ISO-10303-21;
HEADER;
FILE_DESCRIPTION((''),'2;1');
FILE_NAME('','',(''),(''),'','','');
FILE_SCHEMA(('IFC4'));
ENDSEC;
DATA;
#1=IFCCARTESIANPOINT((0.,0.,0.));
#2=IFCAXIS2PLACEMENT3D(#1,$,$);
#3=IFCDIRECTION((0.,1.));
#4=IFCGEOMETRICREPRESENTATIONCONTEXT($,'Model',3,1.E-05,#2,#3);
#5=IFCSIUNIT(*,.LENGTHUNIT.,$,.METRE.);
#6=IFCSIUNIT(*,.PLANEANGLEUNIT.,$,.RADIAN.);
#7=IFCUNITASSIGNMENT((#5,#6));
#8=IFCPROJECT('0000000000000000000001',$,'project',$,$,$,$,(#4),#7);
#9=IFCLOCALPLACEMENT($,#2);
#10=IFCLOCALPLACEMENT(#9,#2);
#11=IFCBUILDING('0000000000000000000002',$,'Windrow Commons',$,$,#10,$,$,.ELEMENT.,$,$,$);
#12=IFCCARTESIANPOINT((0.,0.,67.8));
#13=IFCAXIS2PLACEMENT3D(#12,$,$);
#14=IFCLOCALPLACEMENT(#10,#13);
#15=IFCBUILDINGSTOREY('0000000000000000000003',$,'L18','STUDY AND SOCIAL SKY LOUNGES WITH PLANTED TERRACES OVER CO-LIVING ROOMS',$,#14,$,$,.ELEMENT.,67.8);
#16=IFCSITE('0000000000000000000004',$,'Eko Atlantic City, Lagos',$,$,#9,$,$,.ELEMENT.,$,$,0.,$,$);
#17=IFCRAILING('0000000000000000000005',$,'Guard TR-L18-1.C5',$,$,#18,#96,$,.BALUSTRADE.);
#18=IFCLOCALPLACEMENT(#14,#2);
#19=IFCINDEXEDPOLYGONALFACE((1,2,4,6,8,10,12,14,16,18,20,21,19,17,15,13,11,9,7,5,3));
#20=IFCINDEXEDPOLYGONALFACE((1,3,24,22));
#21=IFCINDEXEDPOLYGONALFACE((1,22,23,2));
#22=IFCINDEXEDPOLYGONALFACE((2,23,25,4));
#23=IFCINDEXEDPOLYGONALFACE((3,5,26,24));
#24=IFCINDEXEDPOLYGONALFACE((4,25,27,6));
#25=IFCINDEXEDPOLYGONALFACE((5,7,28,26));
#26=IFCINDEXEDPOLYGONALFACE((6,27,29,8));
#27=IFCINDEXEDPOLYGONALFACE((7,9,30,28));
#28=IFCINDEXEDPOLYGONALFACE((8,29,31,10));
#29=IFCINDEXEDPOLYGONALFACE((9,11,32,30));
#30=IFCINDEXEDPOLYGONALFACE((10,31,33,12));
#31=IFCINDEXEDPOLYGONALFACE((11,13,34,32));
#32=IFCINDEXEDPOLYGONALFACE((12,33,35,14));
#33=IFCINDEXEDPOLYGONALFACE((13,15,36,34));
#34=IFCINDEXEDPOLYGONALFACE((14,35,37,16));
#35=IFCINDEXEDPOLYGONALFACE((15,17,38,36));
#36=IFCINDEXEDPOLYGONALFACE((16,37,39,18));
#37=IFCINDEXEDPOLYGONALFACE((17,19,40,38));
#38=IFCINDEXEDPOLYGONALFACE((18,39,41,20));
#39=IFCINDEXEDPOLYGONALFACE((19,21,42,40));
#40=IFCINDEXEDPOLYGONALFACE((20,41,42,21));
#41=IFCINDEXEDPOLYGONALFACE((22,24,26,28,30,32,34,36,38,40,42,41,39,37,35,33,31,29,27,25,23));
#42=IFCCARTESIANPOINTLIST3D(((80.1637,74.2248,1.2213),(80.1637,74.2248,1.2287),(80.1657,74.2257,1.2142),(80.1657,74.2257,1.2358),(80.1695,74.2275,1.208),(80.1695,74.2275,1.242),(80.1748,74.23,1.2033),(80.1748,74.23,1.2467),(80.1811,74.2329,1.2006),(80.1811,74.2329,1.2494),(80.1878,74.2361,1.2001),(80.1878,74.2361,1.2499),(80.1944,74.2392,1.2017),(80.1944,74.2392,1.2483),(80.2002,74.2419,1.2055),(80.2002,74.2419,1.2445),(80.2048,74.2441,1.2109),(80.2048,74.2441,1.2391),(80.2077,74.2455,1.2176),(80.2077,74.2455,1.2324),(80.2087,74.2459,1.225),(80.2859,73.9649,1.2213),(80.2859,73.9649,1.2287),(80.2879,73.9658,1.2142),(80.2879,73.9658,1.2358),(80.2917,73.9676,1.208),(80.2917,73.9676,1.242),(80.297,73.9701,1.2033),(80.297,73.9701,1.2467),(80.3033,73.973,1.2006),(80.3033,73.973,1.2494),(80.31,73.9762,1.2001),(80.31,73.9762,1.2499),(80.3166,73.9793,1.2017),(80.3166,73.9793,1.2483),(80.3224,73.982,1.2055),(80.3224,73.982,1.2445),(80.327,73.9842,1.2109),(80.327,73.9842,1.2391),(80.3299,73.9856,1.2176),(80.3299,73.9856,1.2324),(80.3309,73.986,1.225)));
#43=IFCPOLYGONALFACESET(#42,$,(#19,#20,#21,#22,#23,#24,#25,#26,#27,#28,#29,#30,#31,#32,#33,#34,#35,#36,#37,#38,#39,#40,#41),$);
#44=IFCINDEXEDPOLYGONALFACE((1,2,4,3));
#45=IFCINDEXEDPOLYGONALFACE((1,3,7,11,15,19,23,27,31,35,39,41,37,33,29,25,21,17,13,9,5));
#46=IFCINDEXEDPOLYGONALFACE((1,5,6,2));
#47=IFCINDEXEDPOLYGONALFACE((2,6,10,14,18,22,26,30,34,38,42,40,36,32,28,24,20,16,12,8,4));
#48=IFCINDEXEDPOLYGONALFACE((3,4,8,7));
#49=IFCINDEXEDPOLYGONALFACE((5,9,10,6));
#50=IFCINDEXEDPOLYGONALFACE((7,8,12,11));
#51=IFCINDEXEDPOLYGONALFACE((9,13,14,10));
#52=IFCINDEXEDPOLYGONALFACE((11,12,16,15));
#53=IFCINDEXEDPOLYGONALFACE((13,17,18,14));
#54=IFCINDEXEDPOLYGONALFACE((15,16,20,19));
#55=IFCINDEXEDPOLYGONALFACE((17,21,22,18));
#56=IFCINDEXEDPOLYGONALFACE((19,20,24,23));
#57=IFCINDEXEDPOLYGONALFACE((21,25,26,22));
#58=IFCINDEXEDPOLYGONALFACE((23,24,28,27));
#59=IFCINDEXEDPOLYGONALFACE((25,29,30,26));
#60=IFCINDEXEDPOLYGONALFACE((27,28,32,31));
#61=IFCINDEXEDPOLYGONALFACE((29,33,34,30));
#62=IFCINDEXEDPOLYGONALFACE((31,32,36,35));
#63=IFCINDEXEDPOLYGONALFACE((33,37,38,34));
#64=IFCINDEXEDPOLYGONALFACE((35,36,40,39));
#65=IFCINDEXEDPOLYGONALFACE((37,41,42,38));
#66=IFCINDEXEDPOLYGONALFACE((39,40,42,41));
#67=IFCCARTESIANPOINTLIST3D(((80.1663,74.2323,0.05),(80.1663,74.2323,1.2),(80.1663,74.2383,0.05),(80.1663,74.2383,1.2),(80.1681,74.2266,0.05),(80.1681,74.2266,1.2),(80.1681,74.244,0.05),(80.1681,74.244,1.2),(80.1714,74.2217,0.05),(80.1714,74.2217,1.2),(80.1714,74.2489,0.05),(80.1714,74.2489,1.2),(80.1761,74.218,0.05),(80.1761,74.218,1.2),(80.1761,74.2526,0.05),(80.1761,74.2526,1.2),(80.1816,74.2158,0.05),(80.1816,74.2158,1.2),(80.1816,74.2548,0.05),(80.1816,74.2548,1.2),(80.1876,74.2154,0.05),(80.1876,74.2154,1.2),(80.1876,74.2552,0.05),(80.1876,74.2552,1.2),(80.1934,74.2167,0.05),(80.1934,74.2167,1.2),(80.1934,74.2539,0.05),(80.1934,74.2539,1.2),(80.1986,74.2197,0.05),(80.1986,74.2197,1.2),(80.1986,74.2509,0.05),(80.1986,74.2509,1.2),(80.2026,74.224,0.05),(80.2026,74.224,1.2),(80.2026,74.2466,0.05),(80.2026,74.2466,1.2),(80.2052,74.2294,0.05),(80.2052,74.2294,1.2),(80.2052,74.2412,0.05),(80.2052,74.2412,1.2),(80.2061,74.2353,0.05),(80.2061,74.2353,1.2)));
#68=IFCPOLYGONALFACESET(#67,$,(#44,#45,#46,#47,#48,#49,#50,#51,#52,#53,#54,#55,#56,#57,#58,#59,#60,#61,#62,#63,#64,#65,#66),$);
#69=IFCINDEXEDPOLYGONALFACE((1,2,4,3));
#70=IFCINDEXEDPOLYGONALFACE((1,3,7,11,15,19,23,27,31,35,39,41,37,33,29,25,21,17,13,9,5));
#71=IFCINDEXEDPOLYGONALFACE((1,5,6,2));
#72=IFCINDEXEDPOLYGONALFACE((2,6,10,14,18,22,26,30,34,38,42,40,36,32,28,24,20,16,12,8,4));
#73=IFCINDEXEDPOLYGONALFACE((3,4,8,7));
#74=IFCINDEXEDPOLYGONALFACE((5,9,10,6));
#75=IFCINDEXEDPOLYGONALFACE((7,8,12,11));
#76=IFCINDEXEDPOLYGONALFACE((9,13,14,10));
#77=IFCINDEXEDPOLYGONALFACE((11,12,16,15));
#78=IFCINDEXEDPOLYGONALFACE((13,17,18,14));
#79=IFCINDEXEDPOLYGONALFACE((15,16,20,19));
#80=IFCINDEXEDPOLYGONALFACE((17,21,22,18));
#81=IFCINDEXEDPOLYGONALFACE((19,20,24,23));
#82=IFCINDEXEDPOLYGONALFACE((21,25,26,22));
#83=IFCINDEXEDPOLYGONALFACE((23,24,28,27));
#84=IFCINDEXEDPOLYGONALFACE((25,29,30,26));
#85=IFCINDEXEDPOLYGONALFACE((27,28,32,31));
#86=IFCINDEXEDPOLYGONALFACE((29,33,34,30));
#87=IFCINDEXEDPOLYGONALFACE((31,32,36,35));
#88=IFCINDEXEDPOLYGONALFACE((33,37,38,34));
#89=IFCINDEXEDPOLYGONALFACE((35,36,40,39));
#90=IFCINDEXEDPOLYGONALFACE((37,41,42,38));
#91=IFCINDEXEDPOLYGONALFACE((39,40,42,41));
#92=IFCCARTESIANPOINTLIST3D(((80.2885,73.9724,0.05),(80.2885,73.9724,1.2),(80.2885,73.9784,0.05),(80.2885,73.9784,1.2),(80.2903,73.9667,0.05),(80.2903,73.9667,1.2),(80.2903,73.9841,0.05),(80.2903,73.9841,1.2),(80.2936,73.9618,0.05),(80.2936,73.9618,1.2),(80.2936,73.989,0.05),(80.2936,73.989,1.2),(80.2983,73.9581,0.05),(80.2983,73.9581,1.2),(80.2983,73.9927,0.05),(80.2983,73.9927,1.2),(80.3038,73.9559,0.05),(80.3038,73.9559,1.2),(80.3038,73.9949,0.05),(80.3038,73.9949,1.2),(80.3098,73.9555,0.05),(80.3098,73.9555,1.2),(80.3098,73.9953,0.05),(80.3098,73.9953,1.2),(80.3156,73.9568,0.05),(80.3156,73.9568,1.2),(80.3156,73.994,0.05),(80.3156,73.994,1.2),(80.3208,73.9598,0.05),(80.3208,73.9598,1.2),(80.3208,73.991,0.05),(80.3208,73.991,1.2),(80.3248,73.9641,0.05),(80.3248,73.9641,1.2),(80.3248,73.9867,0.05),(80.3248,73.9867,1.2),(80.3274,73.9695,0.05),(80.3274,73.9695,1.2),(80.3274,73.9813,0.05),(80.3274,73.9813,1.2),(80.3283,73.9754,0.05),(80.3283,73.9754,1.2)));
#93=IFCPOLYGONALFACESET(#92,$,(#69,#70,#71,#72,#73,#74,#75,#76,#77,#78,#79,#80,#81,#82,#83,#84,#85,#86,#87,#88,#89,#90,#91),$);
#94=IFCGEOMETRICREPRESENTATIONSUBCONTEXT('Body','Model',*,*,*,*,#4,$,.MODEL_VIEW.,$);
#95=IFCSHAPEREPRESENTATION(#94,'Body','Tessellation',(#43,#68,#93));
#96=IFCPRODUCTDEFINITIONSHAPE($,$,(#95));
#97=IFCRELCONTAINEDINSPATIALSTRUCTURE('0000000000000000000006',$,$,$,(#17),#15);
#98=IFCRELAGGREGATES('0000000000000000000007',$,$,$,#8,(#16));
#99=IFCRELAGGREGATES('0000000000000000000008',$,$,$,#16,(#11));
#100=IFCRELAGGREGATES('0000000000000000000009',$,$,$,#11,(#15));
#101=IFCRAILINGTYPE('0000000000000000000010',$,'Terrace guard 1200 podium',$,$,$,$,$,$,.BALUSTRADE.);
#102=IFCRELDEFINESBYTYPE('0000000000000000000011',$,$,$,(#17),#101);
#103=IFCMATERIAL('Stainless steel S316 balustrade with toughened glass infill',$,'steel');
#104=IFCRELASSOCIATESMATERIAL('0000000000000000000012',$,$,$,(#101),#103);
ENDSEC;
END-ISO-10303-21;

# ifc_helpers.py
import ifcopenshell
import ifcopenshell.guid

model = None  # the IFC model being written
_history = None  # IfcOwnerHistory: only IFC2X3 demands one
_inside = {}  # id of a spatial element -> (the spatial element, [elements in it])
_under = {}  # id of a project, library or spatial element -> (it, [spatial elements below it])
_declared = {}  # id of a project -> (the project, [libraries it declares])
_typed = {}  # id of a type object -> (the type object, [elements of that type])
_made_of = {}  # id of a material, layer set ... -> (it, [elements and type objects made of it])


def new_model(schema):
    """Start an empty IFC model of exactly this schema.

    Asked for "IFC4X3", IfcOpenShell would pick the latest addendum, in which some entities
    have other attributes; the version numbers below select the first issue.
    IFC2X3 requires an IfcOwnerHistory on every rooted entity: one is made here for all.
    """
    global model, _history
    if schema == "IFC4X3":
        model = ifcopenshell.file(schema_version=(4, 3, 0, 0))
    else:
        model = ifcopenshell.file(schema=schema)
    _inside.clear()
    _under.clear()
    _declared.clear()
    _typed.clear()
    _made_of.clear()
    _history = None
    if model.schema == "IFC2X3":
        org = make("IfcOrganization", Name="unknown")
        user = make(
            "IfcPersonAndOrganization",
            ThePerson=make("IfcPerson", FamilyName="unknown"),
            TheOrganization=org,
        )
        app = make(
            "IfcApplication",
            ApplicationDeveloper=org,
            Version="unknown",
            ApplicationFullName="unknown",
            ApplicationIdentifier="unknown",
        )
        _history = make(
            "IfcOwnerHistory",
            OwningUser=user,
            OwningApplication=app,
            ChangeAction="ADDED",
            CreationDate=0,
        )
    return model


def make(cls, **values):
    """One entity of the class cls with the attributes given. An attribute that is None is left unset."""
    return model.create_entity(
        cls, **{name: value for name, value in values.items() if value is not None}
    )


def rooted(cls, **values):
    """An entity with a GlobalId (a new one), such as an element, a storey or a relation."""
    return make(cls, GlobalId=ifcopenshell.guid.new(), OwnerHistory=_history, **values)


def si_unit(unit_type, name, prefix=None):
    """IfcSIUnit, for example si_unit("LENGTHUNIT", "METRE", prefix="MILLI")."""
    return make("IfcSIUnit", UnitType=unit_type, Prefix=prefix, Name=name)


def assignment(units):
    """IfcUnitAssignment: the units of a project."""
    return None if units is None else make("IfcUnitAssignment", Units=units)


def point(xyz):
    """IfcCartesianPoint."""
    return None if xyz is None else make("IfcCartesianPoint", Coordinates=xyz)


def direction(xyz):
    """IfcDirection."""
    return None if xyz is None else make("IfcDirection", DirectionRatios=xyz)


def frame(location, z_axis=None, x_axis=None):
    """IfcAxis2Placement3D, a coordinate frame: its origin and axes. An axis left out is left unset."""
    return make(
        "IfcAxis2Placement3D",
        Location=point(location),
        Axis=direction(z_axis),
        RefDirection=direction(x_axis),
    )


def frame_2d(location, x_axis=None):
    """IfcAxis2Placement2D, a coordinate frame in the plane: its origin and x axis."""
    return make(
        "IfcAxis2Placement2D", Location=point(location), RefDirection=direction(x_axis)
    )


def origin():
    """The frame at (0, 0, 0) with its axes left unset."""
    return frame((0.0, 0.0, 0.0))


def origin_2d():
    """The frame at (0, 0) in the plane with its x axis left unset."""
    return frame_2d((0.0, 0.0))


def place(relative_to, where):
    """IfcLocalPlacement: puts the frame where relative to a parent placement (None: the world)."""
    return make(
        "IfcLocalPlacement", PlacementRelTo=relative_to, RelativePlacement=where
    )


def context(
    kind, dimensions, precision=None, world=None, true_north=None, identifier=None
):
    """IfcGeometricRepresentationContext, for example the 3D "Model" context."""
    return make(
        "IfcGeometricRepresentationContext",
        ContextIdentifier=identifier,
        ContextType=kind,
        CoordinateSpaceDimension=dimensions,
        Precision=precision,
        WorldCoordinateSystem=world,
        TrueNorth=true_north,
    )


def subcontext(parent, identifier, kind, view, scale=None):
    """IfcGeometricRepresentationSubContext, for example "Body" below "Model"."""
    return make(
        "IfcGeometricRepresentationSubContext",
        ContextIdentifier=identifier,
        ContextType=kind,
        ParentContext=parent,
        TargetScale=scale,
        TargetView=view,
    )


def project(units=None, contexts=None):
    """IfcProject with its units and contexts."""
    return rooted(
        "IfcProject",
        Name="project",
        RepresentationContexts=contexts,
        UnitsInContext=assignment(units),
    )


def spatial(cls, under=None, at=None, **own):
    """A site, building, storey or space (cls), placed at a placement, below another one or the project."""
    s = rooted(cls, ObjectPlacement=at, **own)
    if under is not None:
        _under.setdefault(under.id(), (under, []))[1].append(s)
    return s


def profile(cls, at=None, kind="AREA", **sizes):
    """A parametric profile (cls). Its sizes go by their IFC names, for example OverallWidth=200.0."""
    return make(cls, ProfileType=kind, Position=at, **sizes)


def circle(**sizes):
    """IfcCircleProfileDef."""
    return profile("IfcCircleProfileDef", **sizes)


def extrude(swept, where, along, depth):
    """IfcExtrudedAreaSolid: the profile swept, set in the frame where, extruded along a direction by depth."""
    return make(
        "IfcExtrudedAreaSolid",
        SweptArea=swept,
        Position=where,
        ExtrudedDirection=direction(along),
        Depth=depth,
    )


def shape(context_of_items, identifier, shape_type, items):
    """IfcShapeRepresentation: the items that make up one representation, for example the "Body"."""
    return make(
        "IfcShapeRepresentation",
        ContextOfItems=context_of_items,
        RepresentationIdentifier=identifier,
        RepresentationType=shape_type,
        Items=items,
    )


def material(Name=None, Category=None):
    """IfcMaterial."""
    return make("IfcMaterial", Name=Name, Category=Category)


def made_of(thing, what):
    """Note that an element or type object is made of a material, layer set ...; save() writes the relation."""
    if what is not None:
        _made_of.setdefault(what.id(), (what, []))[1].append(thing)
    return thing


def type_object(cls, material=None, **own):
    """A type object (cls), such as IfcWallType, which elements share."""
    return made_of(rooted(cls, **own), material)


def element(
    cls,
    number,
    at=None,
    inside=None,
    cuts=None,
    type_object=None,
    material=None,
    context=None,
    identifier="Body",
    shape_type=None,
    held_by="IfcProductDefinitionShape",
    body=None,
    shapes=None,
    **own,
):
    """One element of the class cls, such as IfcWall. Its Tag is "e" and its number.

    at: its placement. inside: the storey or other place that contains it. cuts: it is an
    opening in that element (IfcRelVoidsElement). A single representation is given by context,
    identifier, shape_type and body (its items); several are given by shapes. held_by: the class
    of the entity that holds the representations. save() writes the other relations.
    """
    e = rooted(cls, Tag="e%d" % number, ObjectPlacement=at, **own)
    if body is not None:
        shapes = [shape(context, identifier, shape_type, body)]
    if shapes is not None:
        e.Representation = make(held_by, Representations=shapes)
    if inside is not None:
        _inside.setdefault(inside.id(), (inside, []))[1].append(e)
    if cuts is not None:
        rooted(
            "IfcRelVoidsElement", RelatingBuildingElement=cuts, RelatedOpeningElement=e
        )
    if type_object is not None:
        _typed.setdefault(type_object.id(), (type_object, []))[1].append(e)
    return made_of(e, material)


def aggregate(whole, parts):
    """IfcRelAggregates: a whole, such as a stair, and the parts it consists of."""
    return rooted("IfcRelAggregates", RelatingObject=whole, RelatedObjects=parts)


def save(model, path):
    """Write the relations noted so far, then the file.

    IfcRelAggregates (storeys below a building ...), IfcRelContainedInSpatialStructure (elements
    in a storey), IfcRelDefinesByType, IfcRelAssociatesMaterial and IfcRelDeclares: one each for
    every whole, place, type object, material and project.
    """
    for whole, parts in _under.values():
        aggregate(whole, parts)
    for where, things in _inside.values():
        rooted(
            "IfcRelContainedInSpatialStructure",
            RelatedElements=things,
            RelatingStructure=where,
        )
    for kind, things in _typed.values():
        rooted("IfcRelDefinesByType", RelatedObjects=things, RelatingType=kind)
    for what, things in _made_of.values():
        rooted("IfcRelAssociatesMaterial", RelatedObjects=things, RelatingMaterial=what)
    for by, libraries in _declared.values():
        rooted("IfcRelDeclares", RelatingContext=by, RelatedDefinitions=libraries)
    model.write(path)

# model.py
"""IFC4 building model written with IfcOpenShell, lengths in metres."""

from ifc_helpers import new_model, si_unit, direction, frame, origin, origin_2d, place, context, subcontext, project, spatial, circle, extrude, material, type_object, element, save


model = new_model("IFC4")

# Units and contexts
model_context = context("Model", 3, precision=1e-05, world=origin(), true_north=direction((0.0, 1.0)))
body_context = subcontext(model_context, "Body", "Model", "MODEL_VIEW")
ifc_project = project(units=[si_unit("LENGTHUNIT", "METRE"), si_unit("PLANEANGLEUNIT", "RADIAN")], contexts=[model_context])

# Site, building, storey
site_placement = place(None, origin())
site = spatial("IfcSite", under=ifc_project, at=site_placement, Name="Eko Atlantic City, Lagos", CompositionType="ELEMENT", RefElevation=0.0)
building_placement = place(site_placement, origin())
building = spatial("IfcBuilding", under=site, at=building_placement, Name="Windrow Commons", CompositionType="ELEMENT")
storey_placement = place(building_placement, frame((0.0, 0.0, 67.8)))
storey = spatial("IfcBuildingStorey", under=building, at=storey_placement, Name="L18", Description="STUDY AND SOCIAL SKY LOUNGES WITH PLANTED TERRACES OVER CO-LIVING ROOMS", CompositionType="ELEMENT", Elevation=67.8)

# Railing
ifc_material_1 = material(Name="Stainless steel S316 balustrade with toughened glass infill", Category="steel")
railing_type = type_object("IfcRailingType", Name="Terrace guard 1200 podium", PredefinedType="BALUSTRADE", material=ifc_material_1)
railing_1_placement = place(storey_placement, frame((80.1861, 74.2353, 0.05)))
element("IfcRailing", 1, at=railing_1_placement, inside=storey, type_object=railing_type, Name="Guard TR-L18-1.C5", PredefinedType="BALUSTRADE", context=body_context, shape_type="SweptSolid", body=[
    extrude(circle(Radius=0.025, at=origin_2d()), frame((0.0, 0.0, 1.175), z_axis=(0.425495, -0.904961, 0.0), x_axis=(0.904961, 0.425495, 0.0)), (0.0, 0.0, 1.0), 0.2872),
    extrude(circle(Radius=0.02, at=origin_2d()), origin(), (0.0, 0.0, 1.0), 1.15),
    extrude(circle(Radius=0.02, at=origin_2d()), frame((0.1222, -0.2599, 0.0)), (0.0, 0.0, 1.0), 1.15),
])

save(model, "model.ifc")
